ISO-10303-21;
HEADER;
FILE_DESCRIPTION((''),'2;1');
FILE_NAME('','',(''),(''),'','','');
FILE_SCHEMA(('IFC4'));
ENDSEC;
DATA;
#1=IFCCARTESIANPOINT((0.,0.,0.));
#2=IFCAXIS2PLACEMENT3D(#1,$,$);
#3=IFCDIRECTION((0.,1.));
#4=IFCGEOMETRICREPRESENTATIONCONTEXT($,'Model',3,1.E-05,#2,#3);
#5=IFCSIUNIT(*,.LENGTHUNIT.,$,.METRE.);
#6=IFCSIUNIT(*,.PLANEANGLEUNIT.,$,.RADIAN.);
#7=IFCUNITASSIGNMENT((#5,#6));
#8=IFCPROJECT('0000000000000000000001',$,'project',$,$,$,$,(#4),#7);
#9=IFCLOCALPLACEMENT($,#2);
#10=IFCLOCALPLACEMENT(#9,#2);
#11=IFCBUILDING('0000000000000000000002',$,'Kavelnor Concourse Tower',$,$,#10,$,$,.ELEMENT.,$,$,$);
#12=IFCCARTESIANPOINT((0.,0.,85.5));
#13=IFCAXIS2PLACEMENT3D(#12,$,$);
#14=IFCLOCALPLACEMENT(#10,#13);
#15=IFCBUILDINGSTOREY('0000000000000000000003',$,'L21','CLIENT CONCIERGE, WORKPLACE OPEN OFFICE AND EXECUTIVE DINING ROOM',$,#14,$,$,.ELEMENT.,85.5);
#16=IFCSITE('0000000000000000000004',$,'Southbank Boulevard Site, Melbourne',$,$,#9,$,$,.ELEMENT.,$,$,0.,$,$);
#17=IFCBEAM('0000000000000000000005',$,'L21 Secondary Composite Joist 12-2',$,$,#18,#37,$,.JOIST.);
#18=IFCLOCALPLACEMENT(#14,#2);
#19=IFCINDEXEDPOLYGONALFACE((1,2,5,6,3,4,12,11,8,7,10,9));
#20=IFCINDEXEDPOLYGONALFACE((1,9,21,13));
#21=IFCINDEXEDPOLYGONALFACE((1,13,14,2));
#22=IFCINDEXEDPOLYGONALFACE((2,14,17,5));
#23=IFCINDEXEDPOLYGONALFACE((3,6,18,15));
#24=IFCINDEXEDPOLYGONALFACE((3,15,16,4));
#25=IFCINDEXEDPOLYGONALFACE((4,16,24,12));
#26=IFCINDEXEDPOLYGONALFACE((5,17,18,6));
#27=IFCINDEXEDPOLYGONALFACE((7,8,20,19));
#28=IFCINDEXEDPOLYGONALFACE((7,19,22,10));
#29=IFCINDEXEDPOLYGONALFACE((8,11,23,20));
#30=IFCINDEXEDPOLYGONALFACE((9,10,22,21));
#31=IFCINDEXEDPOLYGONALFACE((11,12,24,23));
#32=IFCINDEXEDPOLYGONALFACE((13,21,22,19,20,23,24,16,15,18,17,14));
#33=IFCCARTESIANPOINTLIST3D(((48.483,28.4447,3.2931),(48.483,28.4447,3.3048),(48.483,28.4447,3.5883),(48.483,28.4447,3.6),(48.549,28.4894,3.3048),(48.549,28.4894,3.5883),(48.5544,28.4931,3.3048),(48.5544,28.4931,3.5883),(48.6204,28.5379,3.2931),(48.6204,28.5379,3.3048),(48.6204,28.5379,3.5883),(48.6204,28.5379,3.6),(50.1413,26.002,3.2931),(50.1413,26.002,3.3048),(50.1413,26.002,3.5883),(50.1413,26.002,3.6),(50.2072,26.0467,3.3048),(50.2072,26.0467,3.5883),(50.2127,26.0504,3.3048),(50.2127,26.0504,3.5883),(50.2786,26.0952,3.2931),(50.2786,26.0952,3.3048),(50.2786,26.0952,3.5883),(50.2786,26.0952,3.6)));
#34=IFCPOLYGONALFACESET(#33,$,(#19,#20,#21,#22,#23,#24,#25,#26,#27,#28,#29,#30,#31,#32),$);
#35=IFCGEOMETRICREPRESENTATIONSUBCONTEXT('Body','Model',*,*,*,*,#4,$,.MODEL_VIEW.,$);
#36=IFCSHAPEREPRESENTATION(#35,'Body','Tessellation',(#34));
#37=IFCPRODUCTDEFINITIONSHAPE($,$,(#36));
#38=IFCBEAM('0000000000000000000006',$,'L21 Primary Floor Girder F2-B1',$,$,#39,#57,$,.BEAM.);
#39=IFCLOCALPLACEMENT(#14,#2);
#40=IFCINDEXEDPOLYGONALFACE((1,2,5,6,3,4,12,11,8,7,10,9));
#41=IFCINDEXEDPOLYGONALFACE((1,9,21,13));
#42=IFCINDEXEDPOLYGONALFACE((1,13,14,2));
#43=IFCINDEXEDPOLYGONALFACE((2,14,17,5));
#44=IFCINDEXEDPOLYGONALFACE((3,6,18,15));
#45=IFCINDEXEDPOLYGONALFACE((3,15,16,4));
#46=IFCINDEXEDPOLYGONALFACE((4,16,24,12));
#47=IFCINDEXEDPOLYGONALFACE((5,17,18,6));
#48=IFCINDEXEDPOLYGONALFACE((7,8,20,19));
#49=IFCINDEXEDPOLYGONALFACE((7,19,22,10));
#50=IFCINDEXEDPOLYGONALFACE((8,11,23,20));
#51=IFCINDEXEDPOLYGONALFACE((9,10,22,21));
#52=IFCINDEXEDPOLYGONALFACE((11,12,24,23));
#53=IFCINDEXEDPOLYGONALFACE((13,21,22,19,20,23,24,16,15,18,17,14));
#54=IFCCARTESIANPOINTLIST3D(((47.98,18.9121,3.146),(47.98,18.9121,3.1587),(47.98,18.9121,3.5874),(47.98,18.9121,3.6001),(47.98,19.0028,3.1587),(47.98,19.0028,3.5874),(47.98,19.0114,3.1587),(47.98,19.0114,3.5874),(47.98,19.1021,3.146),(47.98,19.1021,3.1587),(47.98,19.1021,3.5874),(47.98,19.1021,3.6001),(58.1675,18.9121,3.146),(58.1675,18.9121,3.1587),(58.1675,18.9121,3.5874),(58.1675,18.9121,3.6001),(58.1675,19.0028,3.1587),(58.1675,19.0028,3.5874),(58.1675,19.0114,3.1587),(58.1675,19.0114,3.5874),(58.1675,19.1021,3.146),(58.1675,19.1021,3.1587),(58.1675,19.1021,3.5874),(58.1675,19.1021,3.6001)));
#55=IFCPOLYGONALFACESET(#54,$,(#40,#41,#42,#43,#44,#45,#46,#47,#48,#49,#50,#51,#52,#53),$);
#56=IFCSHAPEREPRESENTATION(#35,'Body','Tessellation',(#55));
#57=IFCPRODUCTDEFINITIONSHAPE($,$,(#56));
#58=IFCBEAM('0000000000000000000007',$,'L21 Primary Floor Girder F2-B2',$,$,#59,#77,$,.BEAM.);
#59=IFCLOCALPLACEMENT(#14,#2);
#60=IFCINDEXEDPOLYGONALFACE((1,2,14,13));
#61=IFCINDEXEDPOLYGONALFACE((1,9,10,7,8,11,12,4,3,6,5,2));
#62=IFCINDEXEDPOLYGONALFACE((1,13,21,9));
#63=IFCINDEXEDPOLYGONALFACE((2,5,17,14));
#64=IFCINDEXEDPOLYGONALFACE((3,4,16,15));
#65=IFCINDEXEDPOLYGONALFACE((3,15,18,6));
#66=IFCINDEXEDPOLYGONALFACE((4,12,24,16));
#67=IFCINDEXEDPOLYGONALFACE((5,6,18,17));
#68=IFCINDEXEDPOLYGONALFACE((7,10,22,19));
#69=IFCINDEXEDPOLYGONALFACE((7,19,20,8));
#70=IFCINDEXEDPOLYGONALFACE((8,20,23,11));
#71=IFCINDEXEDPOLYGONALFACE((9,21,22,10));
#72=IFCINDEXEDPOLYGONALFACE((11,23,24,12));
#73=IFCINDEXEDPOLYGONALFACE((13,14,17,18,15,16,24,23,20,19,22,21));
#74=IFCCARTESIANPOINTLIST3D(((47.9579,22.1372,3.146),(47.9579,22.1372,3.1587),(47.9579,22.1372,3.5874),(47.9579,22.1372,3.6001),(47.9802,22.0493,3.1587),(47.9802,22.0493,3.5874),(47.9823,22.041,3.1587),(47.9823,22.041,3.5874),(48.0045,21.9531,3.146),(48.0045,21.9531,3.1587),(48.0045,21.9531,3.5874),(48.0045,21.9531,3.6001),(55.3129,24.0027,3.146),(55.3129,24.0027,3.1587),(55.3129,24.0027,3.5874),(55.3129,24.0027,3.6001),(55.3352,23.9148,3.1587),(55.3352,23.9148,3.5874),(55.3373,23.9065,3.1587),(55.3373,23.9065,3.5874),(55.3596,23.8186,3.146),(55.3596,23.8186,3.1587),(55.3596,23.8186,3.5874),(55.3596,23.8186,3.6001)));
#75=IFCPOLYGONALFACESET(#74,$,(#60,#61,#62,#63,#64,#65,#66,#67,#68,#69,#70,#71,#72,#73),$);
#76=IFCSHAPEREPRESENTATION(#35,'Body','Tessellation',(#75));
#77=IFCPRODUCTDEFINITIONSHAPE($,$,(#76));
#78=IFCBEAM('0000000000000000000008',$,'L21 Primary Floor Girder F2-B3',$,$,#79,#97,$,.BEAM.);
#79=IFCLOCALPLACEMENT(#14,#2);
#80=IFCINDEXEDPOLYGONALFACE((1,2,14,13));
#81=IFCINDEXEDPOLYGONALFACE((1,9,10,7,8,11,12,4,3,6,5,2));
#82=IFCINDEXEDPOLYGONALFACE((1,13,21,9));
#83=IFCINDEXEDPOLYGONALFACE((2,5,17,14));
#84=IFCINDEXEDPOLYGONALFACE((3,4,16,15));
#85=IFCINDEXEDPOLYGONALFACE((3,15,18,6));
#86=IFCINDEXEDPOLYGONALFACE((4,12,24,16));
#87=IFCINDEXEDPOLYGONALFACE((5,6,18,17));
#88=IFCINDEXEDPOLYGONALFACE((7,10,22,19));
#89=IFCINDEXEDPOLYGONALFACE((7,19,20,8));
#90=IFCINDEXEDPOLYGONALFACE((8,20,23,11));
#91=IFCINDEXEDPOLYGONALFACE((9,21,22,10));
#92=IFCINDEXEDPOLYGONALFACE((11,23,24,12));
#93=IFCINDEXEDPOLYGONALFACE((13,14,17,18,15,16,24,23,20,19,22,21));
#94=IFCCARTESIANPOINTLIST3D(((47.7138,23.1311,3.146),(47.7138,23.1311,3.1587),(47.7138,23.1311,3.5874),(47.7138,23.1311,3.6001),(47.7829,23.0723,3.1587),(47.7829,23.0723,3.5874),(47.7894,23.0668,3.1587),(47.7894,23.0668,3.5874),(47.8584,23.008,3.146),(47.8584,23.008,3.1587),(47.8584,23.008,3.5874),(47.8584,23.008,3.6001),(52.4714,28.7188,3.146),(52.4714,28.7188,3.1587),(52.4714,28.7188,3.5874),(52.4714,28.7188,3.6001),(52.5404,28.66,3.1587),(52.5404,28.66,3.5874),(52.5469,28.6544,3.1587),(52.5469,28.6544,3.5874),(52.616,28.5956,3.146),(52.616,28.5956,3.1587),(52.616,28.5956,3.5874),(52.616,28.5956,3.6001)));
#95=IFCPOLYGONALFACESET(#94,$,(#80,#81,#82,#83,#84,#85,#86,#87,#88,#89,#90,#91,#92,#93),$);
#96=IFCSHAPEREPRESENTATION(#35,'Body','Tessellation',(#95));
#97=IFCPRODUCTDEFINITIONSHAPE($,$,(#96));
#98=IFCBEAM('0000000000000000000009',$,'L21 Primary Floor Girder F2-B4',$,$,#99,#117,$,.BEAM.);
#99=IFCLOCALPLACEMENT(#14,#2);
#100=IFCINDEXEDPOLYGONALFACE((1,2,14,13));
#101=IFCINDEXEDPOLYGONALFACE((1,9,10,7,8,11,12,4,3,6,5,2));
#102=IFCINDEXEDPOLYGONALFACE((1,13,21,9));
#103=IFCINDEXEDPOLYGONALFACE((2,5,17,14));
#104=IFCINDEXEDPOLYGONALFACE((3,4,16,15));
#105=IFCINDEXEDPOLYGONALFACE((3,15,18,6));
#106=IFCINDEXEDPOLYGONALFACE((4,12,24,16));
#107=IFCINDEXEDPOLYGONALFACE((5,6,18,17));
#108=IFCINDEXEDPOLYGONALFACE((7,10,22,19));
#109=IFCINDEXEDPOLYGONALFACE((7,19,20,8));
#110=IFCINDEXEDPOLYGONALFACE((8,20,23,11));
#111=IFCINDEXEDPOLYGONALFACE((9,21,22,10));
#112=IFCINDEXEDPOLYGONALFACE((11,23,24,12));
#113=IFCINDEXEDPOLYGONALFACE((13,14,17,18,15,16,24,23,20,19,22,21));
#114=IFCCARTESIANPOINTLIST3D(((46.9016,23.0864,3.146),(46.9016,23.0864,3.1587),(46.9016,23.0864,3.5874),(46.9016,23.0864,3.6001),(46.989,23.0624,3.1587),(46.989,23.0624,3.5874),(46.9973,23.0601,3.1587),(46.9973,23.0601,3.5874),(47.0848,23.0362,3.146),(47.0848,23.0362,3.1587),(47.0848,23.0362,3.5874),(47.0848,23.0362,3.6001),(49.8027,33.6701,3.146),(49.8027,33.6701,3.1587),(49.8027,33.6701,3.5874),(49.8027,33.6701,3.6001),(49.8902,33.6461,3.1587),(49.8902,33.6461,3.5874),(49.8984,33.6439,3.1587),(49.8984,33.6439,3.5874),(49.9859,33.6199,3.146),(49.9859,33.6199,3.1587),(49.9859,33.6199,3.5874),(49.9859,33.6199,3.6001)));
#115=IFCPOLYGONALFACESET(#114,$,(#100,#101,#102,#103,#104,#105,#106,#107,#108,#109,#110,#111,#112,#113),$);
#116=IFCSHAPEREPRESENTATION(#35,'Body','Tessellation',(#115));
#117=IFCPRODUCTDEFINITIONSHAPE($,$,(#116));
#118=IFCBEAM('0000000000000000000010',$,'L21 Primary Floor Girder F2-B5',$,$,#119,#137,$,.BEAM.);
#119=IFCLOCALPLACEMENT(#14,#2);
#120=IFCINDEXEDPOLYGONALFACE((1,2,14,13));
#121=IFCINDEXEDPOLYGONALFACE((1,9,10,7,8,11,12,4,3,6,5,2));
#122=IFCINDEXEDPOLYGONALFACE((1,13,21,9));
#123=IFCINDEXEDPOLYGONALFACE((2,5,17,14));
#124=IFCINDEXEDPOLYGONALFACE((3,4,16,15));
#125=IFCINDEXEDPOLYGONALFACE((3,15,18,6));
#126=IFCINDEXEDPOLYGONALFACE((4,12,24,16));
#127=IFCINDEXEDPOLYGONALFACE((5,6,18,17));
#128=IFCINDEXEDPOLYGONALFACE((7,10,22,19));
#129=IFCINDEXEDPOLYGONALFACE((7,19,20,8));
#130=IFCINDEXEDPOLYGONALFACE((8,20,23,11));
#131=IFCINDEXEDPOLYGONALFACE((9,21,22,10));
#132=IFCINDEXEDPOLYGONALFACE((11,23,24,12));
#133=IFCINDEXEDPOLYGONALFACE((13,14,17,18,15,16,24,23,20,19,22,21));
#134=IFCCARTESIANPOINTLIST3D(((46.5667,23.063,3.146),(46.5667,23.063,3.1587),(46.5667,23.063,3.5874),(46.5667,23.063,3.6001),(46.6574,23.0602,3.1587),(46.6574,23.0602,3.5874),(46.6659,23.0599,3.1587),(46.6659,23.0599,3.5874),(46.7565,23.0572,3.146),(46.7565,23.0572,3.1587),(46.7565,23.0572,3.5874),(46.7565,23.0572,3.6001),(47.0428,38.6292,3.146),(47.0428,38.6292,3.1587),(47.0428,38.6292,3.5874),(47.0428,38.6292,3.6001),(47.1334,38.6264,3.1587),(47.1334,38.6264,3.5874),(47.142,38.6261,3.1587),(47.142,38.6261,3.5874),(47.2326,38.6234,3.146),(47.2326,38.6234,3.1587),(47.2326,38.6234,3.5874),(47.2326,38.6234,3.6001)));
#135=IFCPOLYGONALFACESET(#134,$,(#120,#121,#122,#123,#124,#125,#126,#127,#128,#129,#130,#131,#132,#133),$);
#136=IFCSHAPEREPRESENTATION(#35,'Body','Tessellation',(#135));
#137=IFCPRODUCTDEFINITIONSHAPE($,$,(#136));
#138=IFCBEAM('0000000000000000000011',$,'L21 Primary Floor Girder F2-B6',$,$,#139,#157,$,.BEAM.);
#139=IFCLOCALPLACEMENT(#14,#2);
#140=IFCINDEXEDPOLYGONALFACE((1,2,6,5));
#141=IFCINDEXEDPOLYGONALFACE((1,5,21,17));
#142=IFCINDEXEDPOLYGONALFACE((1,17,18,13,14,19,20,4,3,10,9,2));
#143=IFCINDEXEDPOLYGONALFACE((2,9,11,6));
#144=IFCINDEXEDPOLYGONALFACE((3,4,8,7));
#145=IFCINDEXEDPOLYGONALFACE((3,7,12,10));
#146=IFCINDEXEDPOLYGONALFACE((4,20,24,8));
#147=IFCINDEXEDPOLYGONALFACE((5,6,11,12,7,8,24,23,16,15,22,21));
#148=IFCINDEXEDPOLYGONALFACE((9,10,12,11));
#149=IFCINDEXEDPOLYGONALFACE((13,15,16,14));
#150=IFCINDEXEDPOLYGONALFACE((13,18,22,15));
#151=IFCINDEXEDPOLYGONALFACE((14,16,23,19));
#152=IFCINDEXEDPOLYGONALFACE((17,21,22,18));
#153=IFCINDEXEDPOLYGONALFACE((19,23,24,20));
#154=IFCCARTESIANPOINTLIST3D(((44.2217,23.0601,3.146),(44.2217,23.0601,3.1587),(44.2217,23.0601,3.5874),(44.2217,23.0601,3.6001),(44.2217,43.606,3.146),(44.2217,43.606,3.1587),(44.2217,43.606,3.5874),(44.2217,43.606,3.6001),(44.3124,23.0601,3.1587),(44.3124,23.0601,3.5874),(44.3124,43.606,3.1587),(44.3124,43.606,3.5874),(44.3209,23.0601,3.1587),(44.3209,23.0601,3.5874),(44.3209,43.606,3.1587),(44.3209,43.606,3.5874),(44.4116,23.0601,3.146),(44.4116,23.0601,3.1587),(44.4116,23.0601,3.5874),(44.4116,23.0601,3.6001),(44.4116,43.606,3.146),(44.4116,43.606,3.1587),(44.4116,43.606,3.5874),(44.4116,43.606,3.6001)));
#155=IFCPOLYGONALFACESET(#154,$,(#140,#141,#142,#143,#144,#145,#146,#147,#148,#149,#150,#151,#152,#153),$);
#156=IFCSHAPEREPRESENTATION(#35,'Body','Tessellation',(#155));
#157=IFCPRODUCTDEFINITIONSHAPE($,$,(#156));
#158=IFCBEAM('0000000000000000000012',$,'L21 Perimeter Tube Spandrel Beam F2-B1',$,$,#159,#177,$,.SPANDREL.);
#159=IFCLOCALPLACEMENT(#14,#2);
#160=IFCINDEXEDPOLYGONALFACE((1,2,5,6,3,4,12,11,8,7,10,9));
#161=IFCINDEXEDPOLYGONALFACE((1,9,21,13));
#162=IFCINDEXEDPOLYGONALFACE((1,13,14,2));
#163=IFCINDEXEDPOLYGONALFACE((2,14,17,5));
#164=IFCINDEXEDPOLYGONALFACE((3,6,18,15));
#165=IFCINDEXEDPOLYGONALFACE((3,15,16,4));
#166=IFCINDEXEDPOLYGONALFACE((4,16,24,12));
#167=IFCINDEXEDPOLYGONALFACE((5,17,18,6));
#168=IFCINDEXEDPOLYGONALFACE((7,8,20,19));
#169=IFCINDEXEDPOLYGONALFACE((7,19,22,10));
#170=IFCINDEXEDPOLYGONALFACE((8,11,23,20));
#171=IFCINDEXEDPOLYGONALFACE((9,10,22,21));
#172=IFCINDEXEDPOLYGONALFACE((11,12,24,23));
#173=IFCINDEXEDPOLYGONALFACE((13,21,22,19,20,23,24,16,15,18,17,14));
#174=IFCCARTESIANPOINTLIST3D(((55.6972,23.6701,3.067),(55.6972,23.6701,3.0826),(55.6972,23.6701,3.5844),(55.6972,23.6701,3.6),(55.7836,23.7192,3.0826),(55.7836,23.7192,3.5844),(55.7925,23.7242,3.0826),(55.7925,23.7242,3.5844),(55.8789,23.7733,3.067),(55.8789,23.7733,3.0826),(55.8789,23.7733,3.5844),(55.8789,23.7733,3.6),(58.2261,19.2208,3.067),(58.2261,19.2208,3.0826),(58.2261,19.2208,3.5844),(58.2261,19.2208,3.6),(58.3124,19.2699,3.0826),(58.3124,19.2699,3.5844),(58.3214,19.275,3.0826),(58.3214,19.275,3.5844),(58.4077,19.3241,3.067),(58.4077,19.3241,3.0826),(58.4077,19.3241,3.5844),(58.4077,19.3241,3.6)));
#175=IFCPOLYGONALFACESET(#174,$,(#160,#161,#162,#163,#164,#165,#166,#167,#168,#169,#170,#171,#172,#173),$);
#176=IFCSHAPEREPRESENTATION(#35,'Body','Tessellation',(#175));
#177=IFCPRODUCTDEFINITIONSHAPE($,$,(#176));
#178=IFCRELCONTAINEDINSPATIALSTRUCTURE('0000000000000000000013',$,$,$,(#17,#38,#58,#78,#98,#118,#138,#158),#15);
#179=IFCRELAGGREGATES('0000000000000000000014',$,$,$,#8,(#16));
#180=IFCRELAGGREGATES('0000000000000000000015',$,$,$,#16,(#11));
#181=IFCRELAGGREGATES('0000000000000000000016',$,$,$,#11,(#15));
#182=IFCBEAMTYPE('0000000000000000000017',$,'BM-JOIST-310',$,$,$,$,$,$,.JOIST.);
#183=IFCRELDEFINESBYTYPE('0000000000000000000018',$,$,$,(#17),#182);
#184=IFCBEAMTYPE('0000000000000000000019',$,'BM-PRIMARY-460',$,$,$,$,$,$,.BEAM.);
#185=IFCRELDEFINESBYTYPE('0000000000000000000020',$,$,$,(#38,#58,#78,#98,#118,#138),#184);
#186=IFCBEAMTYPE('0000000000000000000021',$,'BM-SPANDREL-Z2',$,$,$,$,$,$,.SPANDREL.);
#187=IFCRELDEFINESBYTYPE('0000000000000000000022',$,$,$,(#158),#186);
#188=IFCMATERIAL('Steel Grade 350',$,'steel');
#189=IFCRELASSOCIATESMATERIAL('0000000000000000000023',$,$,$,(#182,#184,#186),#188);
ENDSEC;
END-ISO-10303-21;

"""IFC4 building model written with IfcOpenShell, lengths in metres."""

from ifc_helpers import new_model, si_unit, direction, frame, origin, origin_2d, place, context, subcontext, project, spatial, i_section, extrude, material, material_profile, profile_set, type_object, element, save


model = new_model("IFC4")

# Units and contexts
model_context = context("Model", 3, precision=1e-05, world=origin(), true_north=direction((0.0, 1.0)))
body_context = subcontext(model_context, "Body", "Model", "MODEL_VIEW")
ifc_project = project(units=[si_unit("LENGTHUNIT", "METRE"), si_unit("PLANEANGLEUNIT", "RADIAN")], contexts=[model_context])

# Site, building, storey
site_placement = place(None, origin())
site = spatial("IfcSite", under=ifc_project, at=site_placement, Name="Southbank Boulevard Site, Melbourne", CompositionType="ELEMENT", RefElevation=0.0)
building_placement = place(site_placement, origin())
building = spatial("IfcBuilding", under=site, at=building_placement, Name="Kavelnor Concourse Tower", CompositionType="ELEMENT")
storey_placement = place(building_placement, frame((0.0, 0.0, 85.5)))
storey = spatial("IfcBuildingStorey", under=building, at=storey_placement, Name="L21", Description="CLIENT CONCIERGE, WORKPLACE OPEN OFFICE AND EXECUTIVE DINING ROOM", CompositionType="ELEMENT", Elevation=85.5)

# Shared definitions
ifc_material_1 = material(Name="Steel Grade 350", Category="steel")

# Beams
ifc_material_profile_1 = material_profile(ifc_material_1, i_section(OverallWidth=0.166, OverallDepth=0.3069, WebThickness=0.0066, FlangeThickness=0.0117, at=origin_2d()), Name="310UB46")
ifc_profile_set_1 = profile_set([ifc_material_profile_1], Name="Steel Grade 350")
beam_type_1 = type_object("IfcBeamType", Name="BM-JOIST-310", PredefinedType="JOIST", material=ifc_profile_set_1)
beam_1_placement = place(storey_placement, frame((50.21, 26.0486, 3.4465), z_axis=(-0.561665, 0.827365, 0.0), x_axis=(-0.827365, -0.561665, 0.0)))
element("IfcBeam", 1, at=beam_1_placement, inside=storey, type_object=beam_type_1, Name="L21 Secondary Composite Joist 12-2", PredefinedType="JOIST", context=body_context, shape_type="SweptSolid", body=[
    extrude(i_section(OverallWidth=0.166, OverallDepth=0.3069, WebThickness=0.0066, FlangeThickness=0.0117, at=origin_2d()), origin(), (0.0, 0.0, 1.0), 2.9524),
])
ifc_material_profile_2 = material_profile(ifc_material_1, i_section(OverallWidth=0.1899, OverallDepth=0.4541, WebThickness=0.0085, FlangeThickness=0.0127, at=origin_2d()), Name="460UB67")
ifc_profile_set_2 = profile_set([ifc_material_profile_2], Name="Steel Grade 350")
beam_type_2 = type_object("IfcBeamType", Name="BM-PRIMARY-460", PredefinedType="BEAM", material=ifc_profile_set_2)
beam_2_placement = place(storey_placement, frame((47.98, 19.0071, 3.373), z_axis=(1.0, 0.0, 0.0), x_axis=(0.0, 1.0, 0.0)))
element("IfcBeam", 2, at=beam_2_placement, inside=storey, type_object=beam_type_2, Name="L21 Primary Floor Girder F2-B1", PredefinedType="BEAM", context=body_context, shape_type="SweptSolid", body=[
    extrude(i_section(OverallWidth=0.1899, OverallDepth=0.4541, WebThickness=0.0085, FlangeThickness=0.0127, at=origin_2d()), origin(), (0.0, 0.0, 1.0), 10.1875),
])
beam_3_placement = place(storey_placement, frame((47.9812, 22.0452, 3.373), z_axis=(0.969308, 0.24585, 0.0), x_axis=(-0.24585, 0.969308, 0.0)))
element("IfcBeam", 3, at=beam_3_placement, inside=storey, type_object=beam_type_2, Name="L21 Primary Floor Girder F2-B2", PredefinedType="BEAM", context=body_context, shape_type="SweptSolid", body=[
    extrude(i_section(OverallWidth=0.1899, OverallDepth=0.4541, WebThickness=0.0085, FlangeThickness=0.0127, at=origin_2d()), origin(), (0.0, 0.0, 1.0), 7.5879),
])
beam_4_placement = place(storey_placement, frame((47.7861, 23.0696, 3.373), z_axis=(0.648287, 0.761396, 0.0), x_axis=(-0.761396, 0.648287, 0.0)))
element("IfcBeam", 4, at=beam_4_placement, inside=storey, type_object=beam_type_2, Name="L21 Primary Floor Girder F2-B3", PredefinedType="BEAM", context=body_context, shape_type="SweptSolid", body=[
    extrude(i_section(OverallWidth=0.1899, OverallDepth=0.4541, WebThickness=0.0085, FlangeThickness=0.0127, at=origin_2d()), origin(), (0.0, 0.0, 1.0), 7.3386),
])
beam_5_placement = place(storey_placement, frame((46.9932, 23.0613, 3.373), z_axis=(0.26436, 0.964424, 0.0), x_axis=(-0.964424, 0.26436, 0.0)))
element("IfcBeam", 5, at=beam_5_placement, inside=storey, type_object=beam_type_2, Name="L21 Primary Floor Girder F2-B4", PredefinedType="BEAM", context=body_context, shape_type="SweptSolid", body=[
    extrude(i_section(OverallWidth=0.1899, OverallDepth=0.4541, WebThickness=0.0085, FlangeThickness=0.0127, at=origin_2d()), origin(), (0.0, 0.0, 1.0), 10.9741),
])
beam_6_placement = place(storey_placement, frame((46.6616, 23.0601, 3.373), z_axis=(0.03057, 0.999533, 0.0), x_axis=(-0.999533, 0.03057, 0.0)))
element("IfcBeam", 6, at=beam_6_placement, inside=storey, type_object=beam_type_2, Name="L21 Primary Floor Girder F2-B5", PredefinedType="BEAM", context=body_context, shape_type="SweptSolid", body=[
    extrude(i_section(OverallWidth=0.1899, OverallDepth=0.4541, WebThickness=0.0085, FlangeThickness=0.0127, at=origin_2d()), origin(), (0.0, 0.0, 1.0), 15.5735),
])
beam_7_placement = place(storey_placement, frame((44.3167, 23.0601, 3.373), z_axis=(0.0, 1.0, 0.0), x_axis=(-1.0, 0.0, 0.0)))
element("IfcBeam", 7, at=beam_7_placement, inside=storey, type_object=beam_type_2, Name="L21 Primary Floor Girder F2-B6", PredefinedType="BEAM", context=body_context, shape_type="SweptSolid", body=[
    extrude(i_section(OverallWidth=0.1899, OverallDepth=0.4541, WebThickness=0.0085, FlangeThickness=0.0127, at=origin_2d()), origin(), (0.0, 0.0, 1.0), 20.5459),
])
ifc_material_profile_3 = material_profile(ifc_material_1, i_section(OverallWidth=0.209, OverallDepth=0.533, WebThickness=0.0103, FlangeThickness=0.0156, at=origin_2d()), Name="530UB92")
ifc_profile_set_3 = profile_set([ifc_material_profile_3], Name="Steel Grade 350")
beam_type_3 = type_object("IfcBeamType", Name="BM-SPANDREL-Z2", PredefinedType="SPANDREL", material=ifc_profile_set_3)
for number, where, z_axis, x_axis, name in (
    (8, (58.3169, 19.2725, 3.3335), (-0.494134, 0.869386, 0.0), (-0.869386, -0.494134, 0.0), "L21 Perimeter Tube Spandrel Beam F2-B1"),
):
    element("IfcBeam", number, at=place(storey_placement, frame(where, z_axis=z_axis, x_axis=x_axis)), inside=storey, type_object=beam_type_3, Name=name, PredefinedType="SPANDREL", context=body_context, shape_type="SweptSolid", body=[
        extrude(i_section(OverallWidth=0.209, OverallDepth=0.533, WebThickness=0.0103, FlangeThickness=0.0156, at=origin_2d()), origin(), (0.0, 0.0, 1.0), 5.1177),
    ])

save(model, "model.ifc")
